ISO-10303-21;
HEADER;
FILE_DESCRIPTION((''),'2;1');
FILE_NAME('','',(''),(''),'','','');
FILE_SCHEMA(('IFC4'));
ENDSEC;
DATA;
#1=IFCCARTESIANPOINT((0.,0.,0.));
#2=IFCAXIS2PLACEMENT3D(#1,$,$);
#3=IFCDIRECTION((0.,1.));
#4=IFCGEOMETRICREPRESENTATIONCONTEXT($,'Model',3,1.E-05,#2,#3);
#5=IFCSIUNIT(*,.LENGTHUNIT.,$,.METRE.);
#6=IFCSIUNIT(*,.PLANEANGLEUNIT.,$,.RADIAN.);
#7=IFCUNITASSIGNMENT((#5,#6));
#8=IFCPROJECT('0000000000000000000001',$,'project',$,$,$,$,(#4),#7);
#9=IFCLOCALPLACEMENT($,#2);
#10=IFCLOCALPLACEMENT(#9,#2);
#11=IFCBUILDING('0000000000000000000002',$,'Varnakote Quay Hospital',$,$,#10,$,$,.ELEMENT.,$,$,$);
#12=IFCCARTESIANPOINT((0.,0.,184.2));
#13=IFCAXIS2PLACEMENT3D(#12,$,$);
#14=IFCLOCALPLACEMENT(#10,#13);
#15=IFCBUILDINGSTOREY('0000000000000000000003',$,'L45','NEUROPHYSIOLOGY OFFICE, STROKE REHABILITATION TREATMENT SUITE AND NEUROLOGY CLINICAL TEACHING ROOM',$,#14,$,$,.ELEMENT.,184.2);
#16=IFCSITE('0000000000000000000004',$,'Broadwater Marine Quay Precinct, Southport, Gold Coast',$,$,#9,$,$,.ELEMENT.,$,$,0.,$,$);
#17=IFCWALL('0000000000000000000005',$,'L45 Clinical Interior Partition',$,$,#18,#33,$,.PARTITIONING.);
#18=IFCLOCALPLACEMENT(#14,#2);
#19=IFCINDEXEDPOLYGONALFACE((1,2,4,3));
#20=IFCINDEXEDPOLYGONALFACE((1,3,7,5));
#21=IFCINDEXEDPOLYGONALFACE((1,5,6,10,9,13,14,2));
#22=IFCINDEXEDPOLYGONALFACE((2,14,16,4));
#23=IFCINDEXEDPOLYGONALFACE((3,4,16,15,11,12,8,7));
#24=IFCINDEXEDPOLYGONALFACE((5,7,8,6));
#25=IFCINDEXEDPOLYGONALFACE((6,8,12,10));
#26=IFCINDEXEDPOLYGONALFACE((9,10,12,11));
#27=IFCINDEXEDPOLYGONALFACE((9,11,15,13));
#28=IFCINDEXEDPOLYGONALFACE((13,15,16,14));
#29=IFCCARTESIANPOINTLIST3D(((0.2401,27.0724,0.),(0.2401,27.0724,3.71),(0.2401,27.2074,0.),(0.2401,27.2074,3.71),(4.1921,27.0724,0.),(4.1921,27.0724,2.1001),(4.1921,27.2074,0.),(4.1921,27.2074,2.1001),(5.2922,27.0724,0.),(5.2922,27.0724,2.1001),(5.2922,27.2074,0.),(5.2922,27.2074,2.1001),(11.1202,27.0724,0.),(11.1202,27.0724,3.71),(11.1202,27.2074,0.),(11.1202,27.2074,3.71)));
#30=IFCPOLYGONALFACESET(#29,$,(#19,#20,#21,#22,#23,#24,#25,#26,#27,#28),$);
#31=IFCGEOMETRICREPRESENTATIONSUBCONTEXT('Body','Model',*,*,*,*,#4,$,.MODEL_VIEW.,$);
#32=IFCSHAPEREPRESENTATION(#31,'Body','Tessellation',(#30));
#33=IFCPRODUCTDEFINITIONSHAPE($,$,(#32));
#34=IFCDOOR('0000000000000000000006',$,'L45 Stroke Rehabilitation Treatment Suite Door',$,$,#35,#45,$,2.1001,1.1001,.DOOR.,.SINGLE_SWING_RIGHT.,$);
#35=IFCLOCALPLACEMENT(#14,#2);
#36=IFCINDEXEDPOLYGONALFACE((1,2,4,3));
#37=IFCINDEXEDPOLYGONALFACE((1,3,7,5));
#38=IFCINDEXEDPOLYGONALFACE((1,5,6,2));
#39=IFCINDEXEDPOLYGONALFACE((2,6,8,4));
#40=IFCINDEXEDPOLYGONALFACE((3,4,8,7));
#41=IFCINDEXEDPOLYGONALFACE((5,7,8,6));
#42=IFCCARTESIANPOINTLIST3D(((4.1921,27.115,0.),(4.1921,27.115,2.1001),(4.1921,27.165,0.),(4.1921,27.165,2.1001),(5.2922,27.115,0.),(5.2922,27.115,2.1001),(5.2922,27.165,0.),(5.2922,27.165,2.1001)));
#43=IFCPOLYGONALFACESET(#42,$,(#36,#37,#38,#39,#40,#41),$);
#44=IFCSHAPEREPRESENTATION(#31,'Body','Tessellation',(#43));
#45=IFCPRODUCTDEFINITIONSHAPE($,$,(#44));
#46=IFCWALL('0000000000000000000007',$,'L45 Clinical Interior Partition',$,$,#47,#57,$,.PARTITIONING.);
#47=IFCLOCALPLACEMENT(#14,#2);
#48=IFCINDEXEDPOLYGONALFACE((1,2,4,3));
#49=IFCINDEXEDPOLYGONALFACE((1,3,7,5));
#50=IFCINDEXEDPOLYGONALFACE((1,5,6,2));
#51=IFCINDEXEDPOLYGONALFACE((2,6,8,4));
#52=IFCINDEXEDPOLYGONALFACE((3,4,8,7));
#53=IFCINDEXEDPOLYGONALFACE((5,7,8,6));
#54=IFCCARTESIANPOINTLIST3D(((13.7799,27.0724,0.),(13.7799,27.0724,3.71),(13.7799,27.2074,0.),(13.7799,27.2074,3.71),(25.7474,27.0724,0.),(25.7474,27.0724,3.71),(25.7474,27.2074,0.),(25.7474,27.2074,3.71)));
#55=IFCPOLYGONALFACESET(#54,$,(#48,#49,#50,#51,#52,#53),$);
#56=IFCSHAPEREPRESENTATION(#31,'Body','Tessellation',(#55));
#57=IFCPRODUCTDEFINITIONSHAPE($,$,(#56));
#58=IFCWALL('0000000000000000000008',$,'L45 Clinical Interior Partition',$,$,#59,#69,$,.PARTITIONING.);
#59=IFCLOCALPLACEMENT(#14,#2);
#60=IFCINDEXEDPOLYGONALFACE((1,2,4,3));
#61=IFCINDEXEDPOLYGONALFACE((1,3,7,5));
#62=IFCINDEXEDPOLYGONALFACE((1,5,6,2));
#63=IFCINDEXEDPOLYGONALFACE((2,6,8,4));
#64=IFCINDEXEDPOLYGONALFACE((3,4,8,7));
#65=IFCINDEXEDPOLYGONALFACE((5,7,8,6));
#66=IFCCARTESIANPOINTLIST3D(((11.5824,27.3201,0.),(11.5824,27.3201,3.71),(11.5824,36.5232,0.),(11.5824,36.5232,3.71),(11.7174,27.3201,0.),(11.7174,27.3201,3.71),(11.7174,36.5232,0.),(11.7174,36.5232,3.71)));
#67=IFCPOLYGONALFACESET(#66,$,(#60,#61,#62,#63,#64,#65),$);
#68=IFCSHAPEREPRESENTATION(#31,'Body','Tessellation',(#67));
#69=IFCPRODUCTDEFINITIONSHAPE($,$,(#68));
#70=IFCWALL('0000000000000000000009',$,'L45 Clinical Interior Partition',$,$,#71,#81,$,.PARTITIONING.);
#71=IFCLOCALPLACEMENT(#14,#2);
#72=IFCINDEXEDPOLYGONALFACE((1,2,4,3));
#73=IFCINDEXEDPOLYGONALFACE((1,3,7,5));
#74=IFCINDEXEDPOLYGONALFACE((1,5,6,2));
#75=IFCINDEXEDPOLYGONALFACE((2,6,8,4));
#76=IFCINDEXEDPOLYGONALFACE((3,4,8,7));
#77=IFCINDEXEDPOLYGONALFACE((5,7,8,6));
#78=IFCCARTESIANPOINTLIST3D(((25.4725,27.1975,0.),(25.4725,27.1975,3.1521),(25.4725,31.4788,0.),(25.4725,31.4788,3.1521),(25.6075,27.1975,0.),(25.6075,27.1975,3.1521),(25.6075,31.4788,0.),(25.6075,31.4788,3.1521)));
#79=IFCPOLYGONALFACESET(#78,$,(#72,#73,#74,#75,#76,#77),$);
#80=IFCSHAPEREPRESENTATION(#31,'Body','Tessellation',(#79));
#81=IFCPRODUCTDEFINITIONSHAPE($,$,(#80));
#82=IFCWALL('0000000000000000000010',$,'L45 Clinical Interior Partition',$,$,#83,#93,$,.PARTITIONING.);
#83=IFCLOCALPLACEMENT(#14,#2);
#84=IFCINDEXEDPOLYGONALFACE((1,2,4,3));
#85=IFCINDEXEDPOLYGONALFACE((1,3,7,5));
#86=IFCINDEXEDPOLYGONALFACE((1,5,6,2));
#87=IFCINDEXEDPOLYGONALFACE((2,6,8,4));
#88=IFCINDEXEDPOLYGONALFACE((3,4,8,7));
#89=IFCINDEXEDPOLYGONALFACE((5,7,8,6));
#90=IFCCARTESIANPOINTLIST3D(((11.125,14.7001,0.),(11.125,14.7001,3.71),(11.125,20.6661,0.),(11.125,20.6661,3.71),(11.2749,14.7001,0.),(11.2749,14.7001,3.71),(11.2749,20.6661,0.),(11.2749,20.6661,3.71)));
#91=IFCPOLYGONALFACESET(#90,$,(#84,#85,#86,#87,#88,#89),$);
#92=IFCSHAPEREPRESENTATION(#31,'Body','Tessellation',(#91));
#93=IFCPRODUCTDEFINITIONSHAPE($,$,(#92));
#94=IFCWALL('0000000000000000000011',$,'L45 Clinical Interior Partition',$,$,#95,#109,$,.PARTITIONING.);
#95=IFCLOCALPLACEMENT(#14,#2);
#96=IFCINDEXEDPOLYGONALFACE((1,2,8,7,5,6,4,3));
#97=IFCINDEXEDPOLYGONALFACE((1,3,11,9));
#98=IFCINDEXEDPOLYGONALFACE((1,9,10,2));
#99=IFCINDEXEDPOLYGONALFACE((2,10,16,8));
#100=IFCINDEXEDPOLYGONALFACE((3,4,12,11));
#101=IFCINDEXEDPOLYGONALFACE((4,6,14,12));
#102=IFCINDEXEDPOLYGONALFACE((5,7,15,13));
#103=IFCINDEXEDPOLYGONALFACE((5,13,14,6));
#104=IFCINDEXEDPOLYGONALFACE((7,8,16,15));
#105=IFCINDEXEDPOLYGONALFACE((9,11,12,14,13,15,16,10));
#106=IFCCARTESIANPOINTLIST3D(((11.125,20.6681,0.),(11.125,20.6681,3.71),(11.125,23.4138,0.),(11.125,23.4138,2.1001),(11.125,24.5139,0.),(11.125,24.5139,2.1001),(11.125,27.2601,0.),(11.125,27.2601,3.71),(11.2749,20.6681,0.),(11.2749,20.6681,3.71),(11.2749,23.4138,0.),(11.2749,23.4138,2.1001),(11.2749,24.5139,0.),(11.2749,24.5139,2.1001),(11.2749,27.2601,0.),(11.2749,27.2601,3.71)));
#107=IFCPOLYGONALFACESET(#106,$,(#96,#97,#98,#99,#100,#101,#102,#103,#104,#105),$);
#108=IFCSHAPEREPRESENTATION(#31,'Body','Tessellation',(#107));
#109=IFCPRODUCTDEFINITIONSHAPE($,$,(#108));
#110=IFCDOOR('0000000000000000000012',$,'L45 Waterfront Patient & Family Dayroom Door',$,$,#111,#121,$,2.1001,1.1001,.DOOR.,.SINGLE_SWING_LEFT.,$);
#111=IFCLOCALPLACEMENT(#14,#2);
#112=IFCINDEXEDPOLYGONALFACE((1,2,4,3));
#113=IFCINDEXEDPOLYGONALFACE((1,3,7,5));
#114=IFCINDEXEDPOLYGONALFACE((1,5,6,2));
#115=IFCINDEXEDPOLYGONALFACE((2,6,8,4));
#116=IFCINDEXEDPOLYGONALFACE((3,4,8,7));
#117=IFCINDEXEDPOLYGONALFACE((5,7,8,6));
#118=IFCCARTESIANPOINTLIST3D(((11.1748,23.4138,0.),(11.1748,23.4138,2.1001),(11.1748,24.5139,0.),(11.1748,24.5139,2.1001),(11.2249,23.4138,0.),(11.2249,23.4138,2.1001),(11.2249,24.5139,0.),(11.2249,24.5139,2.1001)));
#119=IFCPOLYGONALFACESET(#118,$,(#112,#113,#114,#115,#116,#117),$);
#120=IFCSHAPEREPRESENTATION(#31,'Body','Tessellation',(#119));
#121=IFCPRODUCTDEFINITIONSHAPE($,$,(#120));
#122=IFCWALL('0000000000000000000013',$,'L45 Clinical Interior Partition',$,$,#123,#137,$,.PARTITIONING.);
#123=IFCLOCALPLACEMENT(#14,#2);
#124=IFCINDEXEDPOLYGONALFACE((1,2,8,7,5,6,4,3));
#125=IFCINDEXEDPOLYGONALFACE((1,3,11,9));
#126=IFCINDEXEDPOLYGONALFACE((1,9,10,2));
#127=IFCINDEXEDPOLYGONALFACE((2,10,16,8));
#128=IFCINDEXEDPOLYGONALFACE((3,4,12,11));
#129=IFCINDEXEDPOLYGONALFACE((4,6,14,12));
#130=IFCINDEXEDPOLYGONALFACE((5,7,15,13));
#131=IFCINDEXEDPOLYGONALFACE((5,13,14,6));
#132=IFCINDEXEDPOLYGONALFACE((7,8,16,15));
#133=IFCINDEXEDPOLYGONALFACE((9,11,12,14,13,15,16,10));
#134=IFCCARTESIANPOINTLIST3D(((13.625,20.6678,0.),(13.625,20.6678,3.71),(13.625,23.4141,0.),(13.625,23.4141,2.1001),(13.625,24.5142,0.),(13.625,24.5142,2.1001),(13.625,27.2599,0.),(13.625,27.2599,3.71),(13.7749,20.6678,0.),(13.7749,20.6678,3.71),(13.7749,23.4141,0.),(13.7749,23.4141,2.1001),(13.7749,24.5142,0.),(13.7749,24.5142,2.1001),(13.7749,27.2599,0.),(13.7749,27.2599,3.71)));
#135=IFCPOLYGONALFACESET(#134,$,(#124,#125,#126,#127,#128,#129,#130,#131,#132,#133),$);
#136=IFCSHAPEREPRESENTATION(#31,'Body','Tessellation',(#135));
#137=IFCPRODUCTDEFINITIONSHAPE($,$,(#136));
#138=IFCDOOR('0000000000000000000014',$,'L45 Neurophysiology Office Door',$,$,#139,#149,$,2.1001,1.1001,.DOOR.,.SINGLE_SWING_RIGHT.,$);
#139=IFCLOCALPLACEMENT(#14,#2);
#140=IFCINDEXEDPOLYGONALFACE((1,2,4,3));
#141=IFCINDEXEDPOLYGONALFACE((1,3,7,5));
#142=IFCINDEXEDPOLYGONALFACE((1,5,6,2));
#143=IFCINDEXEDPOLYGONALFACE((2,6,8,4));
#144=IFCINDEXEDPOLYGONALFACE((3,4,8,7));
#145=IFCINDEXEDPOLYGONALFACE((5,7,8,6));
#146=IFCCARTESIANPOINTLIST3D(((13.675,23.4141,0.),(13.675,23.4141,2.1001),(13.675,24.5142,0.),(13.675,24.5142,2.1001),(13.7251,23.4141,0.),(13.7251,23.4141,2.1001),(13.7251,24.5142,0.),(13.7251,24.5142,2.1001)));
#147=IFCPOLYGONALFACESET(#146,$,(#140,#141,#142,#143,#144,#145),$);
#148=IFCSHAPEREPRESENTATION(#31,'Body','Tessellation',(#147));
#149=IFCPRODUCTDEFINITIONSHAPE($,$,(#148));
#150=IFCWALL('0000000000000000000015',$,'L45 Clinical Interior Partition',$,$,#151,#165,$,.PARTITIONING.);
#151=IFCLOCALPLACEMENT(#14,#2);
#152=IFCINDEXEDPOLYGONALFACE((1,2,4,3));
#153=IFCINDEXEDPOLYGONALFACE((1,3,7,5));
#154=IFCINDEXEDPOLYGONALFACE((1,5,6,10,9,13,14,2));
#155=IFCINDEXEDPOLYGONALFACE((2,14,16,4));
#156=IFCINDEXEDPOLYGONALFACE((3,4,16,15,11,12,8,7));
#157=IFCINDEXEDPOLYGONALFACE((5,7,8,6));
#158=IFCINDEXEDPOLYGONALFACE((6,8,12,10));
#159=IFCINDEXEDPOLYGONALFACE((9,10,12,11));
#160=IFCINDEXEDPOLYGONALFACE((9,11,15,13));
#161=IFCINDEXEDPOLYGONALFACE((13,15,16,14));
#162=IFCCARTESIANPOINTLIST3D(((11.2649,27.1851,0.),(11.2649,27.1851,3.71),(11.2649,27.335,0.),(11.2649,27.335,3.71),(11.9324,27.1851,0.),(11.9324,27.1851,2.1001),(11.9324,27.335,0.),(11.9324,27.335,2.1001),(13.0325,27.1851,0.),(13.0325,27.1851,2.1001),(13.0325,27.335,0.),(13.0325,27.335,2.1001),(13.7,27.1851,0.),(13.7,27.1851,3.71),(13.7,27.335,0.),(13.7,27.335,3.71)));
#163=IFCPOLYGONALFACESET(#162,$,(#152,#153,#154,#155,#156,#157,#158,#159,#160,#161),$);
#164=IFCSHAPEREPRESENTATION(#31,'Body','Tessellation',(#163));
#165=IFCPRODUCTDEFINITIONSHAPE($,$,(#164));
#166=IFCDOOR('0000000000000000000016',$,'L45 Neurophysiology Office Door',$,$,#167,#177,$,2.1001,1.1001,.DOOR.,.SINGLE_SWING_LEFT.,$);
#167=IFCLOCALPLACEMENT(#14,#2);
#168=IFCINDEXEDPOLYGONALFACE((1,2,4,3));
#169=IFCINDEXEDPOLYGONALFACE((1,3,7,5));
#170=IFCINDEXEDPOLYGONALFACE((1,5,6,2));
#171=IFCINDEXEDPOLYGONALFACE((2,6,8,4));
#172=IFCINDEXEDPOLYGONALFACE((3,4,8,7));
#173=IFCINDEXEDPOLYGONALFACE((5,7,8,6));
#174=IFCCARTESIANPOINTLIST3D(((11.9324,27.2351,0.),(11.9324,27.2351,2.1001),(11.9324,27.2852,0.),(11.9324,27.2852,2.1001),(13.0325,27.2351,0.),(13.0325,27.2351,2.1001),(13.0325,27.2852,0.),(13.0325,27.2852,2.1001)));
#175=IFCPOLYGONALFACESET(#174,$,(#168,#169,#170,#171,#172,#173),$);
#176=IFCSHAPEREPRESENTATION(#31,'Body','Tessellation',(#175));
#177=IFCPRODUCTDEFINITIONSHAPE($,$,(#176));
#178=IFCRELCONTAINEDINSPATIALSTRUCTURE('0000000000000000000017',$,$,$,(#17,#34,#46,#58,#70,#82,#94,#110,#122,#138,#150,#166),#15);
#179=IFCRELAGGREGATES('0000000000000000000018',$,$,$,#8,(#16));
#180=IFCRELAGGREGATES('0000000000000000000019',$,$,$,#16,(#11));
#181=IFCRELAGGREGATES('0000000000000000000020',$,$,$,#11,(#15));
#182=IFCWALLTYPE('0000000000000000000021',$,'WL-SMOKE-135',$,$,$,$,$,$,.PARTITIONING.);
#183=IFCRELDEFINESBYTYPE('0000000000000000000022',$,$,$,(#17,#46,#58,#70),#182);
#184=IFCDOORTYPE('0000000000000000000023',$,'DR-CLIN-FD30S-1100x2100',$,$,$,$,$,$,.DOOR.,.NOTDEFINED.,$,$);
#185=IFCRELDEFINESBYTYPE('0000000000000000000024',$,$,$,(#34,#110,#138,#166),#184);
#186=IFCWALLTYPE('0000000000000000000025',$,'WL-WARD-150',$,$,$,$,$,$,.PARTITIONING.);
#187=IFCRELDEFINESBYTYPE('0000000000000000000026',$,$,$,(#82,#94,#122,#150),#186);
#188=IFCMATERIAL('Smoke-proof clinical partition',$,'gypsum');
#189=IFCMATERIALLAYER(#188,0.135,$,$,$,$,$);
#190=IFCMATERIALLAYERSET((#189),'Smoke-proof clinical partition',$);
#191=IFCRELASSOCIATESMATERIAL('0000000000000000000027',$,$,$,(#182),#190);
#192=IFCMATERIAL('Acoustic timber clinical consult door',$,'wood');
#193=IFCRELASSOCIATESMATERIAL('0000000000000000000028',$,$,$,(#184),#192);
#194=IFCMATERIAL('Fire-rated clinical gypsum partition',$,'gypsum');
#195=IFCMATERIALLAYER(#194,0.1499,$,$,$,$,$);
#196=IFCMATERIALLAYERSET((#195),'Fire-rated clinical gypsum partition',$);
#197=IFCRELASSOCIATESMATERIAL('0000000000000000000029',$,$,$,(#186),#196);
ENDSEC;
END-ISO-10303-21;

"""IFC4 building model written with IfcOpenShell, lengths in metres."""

from ifc_helpers import new_model, si_unit, direction, frame, frame_2d, origin, place, context, subcontext, project, spatial, rectangle, extrude, material, layer, layer_set, type_object, element, fill, save


model = new_model("IFC4")

# Units and contexts
model_context = context("Model", 3, precision=1e-05, world=origin(), true_north=direction((0.0, 1.0)))
body_context = subcontext(model_context, "Body", "Model", "MODEL_VIEW")
ifc_project = project(units=[si_unit("LENGTHUNIT", "METRE"), si_unit("PLANEANGLEUNIT", "RADIAN")], contexts=[model_context])

# Site, building, storey
site_placement = place(None, origin())
site = spatial("IfcSite", under=ifc_project, at=site_placement, Name="Broadwater Marine Quay Precinct, Southport, Gold Coast", CompositionType="ELEMENT", RefElevation=0.0)
building_placement = place(site_placement, origin())
building = spatial("IfcBuilding", under=site, at=building_placement, Name="Varnakote Quay Hospital", CompositionType="ELEMENT")
storey_placement = place(building_placement, frame((0.0, 0.0, 184.2)))
storey = spatial("IfcBuildingStorey", under=building, at=storey_placement, Name="L45", Description="NEUROPHYSIOLOGY OFFICE, STROKE REHABILITATION TREATMENT SUITE AND NEUROLOGY CLINICAL TEACHING ROOM", CompositionType="ELEMENT", Elevation=184.2)

# Wall, opening, door
ifc_material_1 = material(Name="Smoke-proof clinical partition", Category="gypsum")
ifc_layer_1 = layer(ifc_material_1, 0.135)
ifc_layer_set_1 = layer_set([ifc_layer_1], Name="Smoke-proof clinical partition")
wall_type_1 = type_object("IfcWallType", Name="WL-SMOKE-135", PredefinedType="PARTITIONING", material=ifc_layer_set_1)
wall_1_placement = place(storey_placement, frame((11.1201, 27.1399, 0.0), z_axis=(0.0, 0.0, 1.0), x_axis=(-1.0, 0.0, 0.0)))
wall_1 = element("IfcWall", 1, at=wall_1_placement, inside=storey, type_object=wall_type_1, Name="L45 Clinical Interior Partition", PredefinedType="PARTITIONING", context=body_context, shape_type="SweptSolid", body=[
    extrude(rectangle(XDim=10.8801, YDim=0.135, at=frame_2d((5.4399, 0.0))), origin(), (0.0, 0.0, 1.0), 3.71),
])
opening_1_placement = place(wall_1_placement, frame((5.8279, 0.0, 0.0)))
opening_1 = element("IfcOpeningElement", 2, at=opening_1_placement, cuts=wall_1, PredefinedType="OPENING", context=body_context, shape_type="SweptSolid", body=[
    extrude(rectangle(XDim=1.1001, YDim=2.1001, at=frame_2d((0.55, 1.05))), frame((0.0, 0.0774, 0.0), z_axis=(0.0, -1.0, 0.0), x_axis=(1.0, 0.0, 0.0)), (0.0, 0.0, 1.0), 0.155),
])
ifc_material_2 = material(Name="Acoustic timber clinical consult door", Category="wood")
door_type = type_object("IfcDoorType", Name="DR-CLIN-FD30S-1100x2100", OperationType="NOTDEFINED", PredefinedType="DOOR", material=ifc_material_2)
door_1_placement = place(opening_1_placement, origin())
door_1 = element("IfcDoor", 3, at=door_1_placement, inside=storey, type_object=door_type, Name="L45 Stroke Rehabilitation Treatment Suite Door", OperationType="SINGLE_SWING_RIGHT", OverallHeight=2.1001, OverallWidth=1.1001, PredefinedType="DOOR", context=body_context, shape_type="SweptSolid", body=[
    extrude(rectangle(XDim=1.1001, YDim=2.1001, at=frame_2d((0.55, 1.05))), frame((0.0, 0.0249, 0.0), z_axis=(0.0, -1.0, 0.0), x_axis=(1.0, 0.0, 0.0)), (0.0, 0.0, 1.0), 0.05),
])
fill(opening_1, door_1)

# Walls
wall_2_placement = place(storey_placement, frame((25.7476, 27.1399, 0.0), z_axis=(0.0, 0.0, 1.0), x_axis=(-1.0, 0.0, 0.0)))
element("IfcWall", 4, at=wall_2_placement, inside=storey, type_object=wall_type_1, Name="L45 Clinical Interior Partition", PredefinedType="PARTITIONING", context=body_context, shape_type="SweptSolid", body=[
    extrude(rectangle(XDim=11.9675, YDim=0.135, at=frame_2d((5.9839, 0.0))), origin(), (0.0, 0.0, 1.0), 3.71),
])
wall_3_placement = place(storey_placement, frame((11.6499, 27.3201, 0.0), z_axis=(0.0, 0.0, 1.0), x_axis=(0.0, 1.0, 0.0)))
element("IfcWall", 5, at=wall_3_placement, inside=storey, type_object=wall_type_1, Name="L45 Clinical Interior Partition", PredefinedType="PARTITIONING", context=body_context, shape_type="SweptSolid", body=[
    extrude(rectangle(XDim=9.2031, YDim=0.135, at=frame_2d((4.6016, 0.0))), origin(), (0.0, 0.0, 1.0), 3.71),
])
wall_4_placement = place(storey_placement, frame((25.54, 27.1975, 0.0), z_axis=(0.0, 0.0, 1.0), x_axis=(0.0, 1.0, 0.0)))
element("IfcWall", 6, at=wall_4_placement, inside=storey, type_object=wall_type_1, Name="L45 Clinical Interior Partition", PredefinedType="PARTITIONING", context=body_context, shape_type="SweptSolid", body=[
    extrude(rectangle(XDim=4.2812, YDim=0.135, at=frame_2d((2.1406, 0.0))), origin(), (0.0, 0.0, 1.0), 3.1521),
])
ifc_material_3 = material(Name="Fire-rated clinical gypsum partition", Category="gypsum")
ifc_layer_2 = layer(ifc_material_3, 0.1499)
ifc_layer_set_2 = layer_set([ifc_layer_2], Name="Fire-rated clinical gypsum partition")
wall_type_2 = type_object("IfcWallType", Name="WL-WARD-150", PredefinedType="PARTITIONING", material=ifc_layer_set_2)
wall_5_placement = place(storey_placement, frame((11.2, 20.666, 0.0), z_axis=(0.0, 0.0, 1.0), x_axis=(0.0, -1.0, 0.0)))
element("IfcWall", 7, at=wall_5_placement, inside=storey, type_object=wall_type_2, Name="L45 Clinical Interior Partition", PredefinedType="PARTITIONING", context=body_context, shape_type="SweptSolid", body=[
    extrude(rectangle(XDim=5.9661, YDim=0.1499, at=frame_2d((2.9829, 0.0))), origin(), (0.0, 0.0, 1.0), 3.71),
])

# Walls, openings, doors
wall_6_placement = place(storey_placement, frame((11.2, 27.26, 0.0), z_axis=(0.0, 0.0, 1.0), x_axis=(0.0, -1.0, 0.0)))
wall_6 = element("IfcWall", 8, at=wall_6_placement, inside=storey, type_object=wall_type_2, Name="L45 Clinical Interior Partition", PredefinedType="PARTITIONING", context=body_context, shape_type="SweptSolid", body=[
    extrude(rectangle(XDim=6.592, YDim=0.1499, at=frame_2d((3.2959, 0.0))), origin(), (0.0, 0.0, 1.0), 3.71),
])
opening_2_placement = place(wall_6_placement, frame((2.7461, 0.0, 0.0)))
opening_2 = element("IfcOpeningElement", 9, at=opening_2_placement, cuts=wall_6, PredefinedType="OPENING", context=body_context, shape_type="SweptSolid", body=[
    extrude(rectangle(XDim=1.1001, YDim=2.1001, at=frame_2d((0.55, 1.05))), frame((0.0, 0.085, 0.0), z_axis=(0.0, -1.0, 0.0), x_axis=(1.0, 0.0, 0.0)), (0.0, 0.0, 1.0), 0.1699),
])
door_2_placement = place(opening_2_placement, origin())
door_2 = element("IfcDoor", 10, at=door_2_placement, inside=storey, type_object=door_type, Name="L45 Waterfront Patient & Family Dayroom Door", OperationType="SINGLE_SWING_LEFT", OverallHeight=2.1001, OverallWidth=1.1001, PredefinedType="DOOR", context=body_context, shape_type="SweptSolid", body=[
    extrude(rectangle(XDim=1.1001, YDim=2.1001, at=frame_2d((0.55, 1.05))), frame((0.0, 0.0249, 0.0), z_axis=(0.0, -1.0, 0.0), x_axis=(1.0, 0.0, 0.0)), (0.0, 0.0, 1.0), 0.05),
])
fill(opening_2, door_2)
wall_7_placement = place(storey_placement, frame((13.7, 20.668, 0.0), z_axis=(0.0, 0.0, 1.0), x_axis=(0.0, 1.0, 0.0)))
wall_7 = element("IfcWall", 11, at=wall_7_placement, inside=storey, type_object=wall_type_2, Name="L45 Clinical Interior Partition", PredefinedType="PARTITIONING", context=body_context, shape_type="SweptSolid", body=[
    extrude(rectangle(XDim=6.592, YDim=0.1499, at=frame_2d((3.2959, 0.0))), origin(), (0.0, 0.0, 1.0), 3.71),
])
opening_3_placement = place(wall_7_placement, frame((2.7461, 0.0, 0.0)))
opening_3 = element("IfcOpeningElement", 12, at=opening_3_placement, cuts=wall_7, PredefinedType="OPENING", context=body_context, shape_type="SweptSolid", body=[
    extrude(rectangle(XDim=1.1001, YDim=2.1001, at=frame_2d((0.55, 1.05))), frame((0.0, 0.085, 0.0), z_axis=(0.0, -1.0, 0.0), x_axis=(1.0, 0.0, 0.0)), (0.0, 0.0, 1.0), 0.1699),
])
door_3_placement = place(opening_3_placement, origin())
door_3 = element("IfcDoor", 13, at=door_3_placement, inside=storey, type_object=door_type, Name="L45 Neurophysiology Office Door", OperationType="SINGLE_SWING_RIGHT", OverallHeight=2.1001, OverallWidth=1.1001, PredefinedType="DOOR", context=body_context, shape_type="SweptSolid", body=[
    extrude(rectangle(XDim=1.1001, YDim=2.1001, at=frame_2d((0.55, 1.05))), frame((0.0, 0.0249, 0.0), z_axis=(0.0, -1.0, 0.0), x_axis=(1.0, 0.0, 0.0)), (0.0, 0.0, 1.0), 0.05),
])
fill(opening_3, door_3)
wall_8_placement = place(storey_placement, frame((13.7, 27.26, 0.0), z_axis=(0.0, 0.0, 1.0), x_axis=(-1.0, 0.0, 0.0)))
wall_8 = element("IfcWall", 14, at=wall_8_placement, inside=storey, type_object=wall_type_2, Name="L45 Clinical Interior Partition", PredefinedType="PARTITIONING", context=body_context, shape_type="SweptSolid", body=[
    extrude(rectangle(XDim=2.4351, YDim=0.1499, at=frame_2d((1.2175, 0.0))), origin(), (0.0, 0.0, 1.0), 3.71),
])
opening_4_placement = place(wall_8_placement, frame((0.6675, 0.0, 0.0)))
opening_4 = element("IfcOpeningElement", 15, at=opening_4_placement, cuts=wall_8, PredefinedType="OPENING", context=body_context, shape_type="SweptSolid", body=[
    extrude(rectangle(XDim=1.1001, YDim=2.1001, at=frame_2d((0.55, 1.05))), frame((0.0, 0.085, 0.0), z_axis=(0.0, -1.0, 0.0), x_axis=(1.0, 0.0, 0.0)), (0.0, 0.0, 1.0), 0.1699),
])
door_4_placement = place(opening_4_placement, origin())
door_4 = element("IfcDoor", 16, at=door_4_placement, inside=storey, type_object=door_type, Name="L45 Neurophysiology Office Door", OperationType="SINGLE_SWING_LEFT", OverallHeight=2.1001, OverallWidth=1.1001, PredefinedType="DOOR", context=body_context, shape_type="SweptSolid", body=[
    extrude(rectangle(XDim=1.1001, YDim=2.1001, at=frame_2d((0.55, 1.05))), frame((0.0, 0.0249, 0.0), z_axis=(0.0, -1.0, 0.0), x_axis=(1.0, 0.0, 0.0)), (0.0, 0.0, 1.0), 0.05),
])
fill(opening_4, door_4)

save(model, "model.ifc")
